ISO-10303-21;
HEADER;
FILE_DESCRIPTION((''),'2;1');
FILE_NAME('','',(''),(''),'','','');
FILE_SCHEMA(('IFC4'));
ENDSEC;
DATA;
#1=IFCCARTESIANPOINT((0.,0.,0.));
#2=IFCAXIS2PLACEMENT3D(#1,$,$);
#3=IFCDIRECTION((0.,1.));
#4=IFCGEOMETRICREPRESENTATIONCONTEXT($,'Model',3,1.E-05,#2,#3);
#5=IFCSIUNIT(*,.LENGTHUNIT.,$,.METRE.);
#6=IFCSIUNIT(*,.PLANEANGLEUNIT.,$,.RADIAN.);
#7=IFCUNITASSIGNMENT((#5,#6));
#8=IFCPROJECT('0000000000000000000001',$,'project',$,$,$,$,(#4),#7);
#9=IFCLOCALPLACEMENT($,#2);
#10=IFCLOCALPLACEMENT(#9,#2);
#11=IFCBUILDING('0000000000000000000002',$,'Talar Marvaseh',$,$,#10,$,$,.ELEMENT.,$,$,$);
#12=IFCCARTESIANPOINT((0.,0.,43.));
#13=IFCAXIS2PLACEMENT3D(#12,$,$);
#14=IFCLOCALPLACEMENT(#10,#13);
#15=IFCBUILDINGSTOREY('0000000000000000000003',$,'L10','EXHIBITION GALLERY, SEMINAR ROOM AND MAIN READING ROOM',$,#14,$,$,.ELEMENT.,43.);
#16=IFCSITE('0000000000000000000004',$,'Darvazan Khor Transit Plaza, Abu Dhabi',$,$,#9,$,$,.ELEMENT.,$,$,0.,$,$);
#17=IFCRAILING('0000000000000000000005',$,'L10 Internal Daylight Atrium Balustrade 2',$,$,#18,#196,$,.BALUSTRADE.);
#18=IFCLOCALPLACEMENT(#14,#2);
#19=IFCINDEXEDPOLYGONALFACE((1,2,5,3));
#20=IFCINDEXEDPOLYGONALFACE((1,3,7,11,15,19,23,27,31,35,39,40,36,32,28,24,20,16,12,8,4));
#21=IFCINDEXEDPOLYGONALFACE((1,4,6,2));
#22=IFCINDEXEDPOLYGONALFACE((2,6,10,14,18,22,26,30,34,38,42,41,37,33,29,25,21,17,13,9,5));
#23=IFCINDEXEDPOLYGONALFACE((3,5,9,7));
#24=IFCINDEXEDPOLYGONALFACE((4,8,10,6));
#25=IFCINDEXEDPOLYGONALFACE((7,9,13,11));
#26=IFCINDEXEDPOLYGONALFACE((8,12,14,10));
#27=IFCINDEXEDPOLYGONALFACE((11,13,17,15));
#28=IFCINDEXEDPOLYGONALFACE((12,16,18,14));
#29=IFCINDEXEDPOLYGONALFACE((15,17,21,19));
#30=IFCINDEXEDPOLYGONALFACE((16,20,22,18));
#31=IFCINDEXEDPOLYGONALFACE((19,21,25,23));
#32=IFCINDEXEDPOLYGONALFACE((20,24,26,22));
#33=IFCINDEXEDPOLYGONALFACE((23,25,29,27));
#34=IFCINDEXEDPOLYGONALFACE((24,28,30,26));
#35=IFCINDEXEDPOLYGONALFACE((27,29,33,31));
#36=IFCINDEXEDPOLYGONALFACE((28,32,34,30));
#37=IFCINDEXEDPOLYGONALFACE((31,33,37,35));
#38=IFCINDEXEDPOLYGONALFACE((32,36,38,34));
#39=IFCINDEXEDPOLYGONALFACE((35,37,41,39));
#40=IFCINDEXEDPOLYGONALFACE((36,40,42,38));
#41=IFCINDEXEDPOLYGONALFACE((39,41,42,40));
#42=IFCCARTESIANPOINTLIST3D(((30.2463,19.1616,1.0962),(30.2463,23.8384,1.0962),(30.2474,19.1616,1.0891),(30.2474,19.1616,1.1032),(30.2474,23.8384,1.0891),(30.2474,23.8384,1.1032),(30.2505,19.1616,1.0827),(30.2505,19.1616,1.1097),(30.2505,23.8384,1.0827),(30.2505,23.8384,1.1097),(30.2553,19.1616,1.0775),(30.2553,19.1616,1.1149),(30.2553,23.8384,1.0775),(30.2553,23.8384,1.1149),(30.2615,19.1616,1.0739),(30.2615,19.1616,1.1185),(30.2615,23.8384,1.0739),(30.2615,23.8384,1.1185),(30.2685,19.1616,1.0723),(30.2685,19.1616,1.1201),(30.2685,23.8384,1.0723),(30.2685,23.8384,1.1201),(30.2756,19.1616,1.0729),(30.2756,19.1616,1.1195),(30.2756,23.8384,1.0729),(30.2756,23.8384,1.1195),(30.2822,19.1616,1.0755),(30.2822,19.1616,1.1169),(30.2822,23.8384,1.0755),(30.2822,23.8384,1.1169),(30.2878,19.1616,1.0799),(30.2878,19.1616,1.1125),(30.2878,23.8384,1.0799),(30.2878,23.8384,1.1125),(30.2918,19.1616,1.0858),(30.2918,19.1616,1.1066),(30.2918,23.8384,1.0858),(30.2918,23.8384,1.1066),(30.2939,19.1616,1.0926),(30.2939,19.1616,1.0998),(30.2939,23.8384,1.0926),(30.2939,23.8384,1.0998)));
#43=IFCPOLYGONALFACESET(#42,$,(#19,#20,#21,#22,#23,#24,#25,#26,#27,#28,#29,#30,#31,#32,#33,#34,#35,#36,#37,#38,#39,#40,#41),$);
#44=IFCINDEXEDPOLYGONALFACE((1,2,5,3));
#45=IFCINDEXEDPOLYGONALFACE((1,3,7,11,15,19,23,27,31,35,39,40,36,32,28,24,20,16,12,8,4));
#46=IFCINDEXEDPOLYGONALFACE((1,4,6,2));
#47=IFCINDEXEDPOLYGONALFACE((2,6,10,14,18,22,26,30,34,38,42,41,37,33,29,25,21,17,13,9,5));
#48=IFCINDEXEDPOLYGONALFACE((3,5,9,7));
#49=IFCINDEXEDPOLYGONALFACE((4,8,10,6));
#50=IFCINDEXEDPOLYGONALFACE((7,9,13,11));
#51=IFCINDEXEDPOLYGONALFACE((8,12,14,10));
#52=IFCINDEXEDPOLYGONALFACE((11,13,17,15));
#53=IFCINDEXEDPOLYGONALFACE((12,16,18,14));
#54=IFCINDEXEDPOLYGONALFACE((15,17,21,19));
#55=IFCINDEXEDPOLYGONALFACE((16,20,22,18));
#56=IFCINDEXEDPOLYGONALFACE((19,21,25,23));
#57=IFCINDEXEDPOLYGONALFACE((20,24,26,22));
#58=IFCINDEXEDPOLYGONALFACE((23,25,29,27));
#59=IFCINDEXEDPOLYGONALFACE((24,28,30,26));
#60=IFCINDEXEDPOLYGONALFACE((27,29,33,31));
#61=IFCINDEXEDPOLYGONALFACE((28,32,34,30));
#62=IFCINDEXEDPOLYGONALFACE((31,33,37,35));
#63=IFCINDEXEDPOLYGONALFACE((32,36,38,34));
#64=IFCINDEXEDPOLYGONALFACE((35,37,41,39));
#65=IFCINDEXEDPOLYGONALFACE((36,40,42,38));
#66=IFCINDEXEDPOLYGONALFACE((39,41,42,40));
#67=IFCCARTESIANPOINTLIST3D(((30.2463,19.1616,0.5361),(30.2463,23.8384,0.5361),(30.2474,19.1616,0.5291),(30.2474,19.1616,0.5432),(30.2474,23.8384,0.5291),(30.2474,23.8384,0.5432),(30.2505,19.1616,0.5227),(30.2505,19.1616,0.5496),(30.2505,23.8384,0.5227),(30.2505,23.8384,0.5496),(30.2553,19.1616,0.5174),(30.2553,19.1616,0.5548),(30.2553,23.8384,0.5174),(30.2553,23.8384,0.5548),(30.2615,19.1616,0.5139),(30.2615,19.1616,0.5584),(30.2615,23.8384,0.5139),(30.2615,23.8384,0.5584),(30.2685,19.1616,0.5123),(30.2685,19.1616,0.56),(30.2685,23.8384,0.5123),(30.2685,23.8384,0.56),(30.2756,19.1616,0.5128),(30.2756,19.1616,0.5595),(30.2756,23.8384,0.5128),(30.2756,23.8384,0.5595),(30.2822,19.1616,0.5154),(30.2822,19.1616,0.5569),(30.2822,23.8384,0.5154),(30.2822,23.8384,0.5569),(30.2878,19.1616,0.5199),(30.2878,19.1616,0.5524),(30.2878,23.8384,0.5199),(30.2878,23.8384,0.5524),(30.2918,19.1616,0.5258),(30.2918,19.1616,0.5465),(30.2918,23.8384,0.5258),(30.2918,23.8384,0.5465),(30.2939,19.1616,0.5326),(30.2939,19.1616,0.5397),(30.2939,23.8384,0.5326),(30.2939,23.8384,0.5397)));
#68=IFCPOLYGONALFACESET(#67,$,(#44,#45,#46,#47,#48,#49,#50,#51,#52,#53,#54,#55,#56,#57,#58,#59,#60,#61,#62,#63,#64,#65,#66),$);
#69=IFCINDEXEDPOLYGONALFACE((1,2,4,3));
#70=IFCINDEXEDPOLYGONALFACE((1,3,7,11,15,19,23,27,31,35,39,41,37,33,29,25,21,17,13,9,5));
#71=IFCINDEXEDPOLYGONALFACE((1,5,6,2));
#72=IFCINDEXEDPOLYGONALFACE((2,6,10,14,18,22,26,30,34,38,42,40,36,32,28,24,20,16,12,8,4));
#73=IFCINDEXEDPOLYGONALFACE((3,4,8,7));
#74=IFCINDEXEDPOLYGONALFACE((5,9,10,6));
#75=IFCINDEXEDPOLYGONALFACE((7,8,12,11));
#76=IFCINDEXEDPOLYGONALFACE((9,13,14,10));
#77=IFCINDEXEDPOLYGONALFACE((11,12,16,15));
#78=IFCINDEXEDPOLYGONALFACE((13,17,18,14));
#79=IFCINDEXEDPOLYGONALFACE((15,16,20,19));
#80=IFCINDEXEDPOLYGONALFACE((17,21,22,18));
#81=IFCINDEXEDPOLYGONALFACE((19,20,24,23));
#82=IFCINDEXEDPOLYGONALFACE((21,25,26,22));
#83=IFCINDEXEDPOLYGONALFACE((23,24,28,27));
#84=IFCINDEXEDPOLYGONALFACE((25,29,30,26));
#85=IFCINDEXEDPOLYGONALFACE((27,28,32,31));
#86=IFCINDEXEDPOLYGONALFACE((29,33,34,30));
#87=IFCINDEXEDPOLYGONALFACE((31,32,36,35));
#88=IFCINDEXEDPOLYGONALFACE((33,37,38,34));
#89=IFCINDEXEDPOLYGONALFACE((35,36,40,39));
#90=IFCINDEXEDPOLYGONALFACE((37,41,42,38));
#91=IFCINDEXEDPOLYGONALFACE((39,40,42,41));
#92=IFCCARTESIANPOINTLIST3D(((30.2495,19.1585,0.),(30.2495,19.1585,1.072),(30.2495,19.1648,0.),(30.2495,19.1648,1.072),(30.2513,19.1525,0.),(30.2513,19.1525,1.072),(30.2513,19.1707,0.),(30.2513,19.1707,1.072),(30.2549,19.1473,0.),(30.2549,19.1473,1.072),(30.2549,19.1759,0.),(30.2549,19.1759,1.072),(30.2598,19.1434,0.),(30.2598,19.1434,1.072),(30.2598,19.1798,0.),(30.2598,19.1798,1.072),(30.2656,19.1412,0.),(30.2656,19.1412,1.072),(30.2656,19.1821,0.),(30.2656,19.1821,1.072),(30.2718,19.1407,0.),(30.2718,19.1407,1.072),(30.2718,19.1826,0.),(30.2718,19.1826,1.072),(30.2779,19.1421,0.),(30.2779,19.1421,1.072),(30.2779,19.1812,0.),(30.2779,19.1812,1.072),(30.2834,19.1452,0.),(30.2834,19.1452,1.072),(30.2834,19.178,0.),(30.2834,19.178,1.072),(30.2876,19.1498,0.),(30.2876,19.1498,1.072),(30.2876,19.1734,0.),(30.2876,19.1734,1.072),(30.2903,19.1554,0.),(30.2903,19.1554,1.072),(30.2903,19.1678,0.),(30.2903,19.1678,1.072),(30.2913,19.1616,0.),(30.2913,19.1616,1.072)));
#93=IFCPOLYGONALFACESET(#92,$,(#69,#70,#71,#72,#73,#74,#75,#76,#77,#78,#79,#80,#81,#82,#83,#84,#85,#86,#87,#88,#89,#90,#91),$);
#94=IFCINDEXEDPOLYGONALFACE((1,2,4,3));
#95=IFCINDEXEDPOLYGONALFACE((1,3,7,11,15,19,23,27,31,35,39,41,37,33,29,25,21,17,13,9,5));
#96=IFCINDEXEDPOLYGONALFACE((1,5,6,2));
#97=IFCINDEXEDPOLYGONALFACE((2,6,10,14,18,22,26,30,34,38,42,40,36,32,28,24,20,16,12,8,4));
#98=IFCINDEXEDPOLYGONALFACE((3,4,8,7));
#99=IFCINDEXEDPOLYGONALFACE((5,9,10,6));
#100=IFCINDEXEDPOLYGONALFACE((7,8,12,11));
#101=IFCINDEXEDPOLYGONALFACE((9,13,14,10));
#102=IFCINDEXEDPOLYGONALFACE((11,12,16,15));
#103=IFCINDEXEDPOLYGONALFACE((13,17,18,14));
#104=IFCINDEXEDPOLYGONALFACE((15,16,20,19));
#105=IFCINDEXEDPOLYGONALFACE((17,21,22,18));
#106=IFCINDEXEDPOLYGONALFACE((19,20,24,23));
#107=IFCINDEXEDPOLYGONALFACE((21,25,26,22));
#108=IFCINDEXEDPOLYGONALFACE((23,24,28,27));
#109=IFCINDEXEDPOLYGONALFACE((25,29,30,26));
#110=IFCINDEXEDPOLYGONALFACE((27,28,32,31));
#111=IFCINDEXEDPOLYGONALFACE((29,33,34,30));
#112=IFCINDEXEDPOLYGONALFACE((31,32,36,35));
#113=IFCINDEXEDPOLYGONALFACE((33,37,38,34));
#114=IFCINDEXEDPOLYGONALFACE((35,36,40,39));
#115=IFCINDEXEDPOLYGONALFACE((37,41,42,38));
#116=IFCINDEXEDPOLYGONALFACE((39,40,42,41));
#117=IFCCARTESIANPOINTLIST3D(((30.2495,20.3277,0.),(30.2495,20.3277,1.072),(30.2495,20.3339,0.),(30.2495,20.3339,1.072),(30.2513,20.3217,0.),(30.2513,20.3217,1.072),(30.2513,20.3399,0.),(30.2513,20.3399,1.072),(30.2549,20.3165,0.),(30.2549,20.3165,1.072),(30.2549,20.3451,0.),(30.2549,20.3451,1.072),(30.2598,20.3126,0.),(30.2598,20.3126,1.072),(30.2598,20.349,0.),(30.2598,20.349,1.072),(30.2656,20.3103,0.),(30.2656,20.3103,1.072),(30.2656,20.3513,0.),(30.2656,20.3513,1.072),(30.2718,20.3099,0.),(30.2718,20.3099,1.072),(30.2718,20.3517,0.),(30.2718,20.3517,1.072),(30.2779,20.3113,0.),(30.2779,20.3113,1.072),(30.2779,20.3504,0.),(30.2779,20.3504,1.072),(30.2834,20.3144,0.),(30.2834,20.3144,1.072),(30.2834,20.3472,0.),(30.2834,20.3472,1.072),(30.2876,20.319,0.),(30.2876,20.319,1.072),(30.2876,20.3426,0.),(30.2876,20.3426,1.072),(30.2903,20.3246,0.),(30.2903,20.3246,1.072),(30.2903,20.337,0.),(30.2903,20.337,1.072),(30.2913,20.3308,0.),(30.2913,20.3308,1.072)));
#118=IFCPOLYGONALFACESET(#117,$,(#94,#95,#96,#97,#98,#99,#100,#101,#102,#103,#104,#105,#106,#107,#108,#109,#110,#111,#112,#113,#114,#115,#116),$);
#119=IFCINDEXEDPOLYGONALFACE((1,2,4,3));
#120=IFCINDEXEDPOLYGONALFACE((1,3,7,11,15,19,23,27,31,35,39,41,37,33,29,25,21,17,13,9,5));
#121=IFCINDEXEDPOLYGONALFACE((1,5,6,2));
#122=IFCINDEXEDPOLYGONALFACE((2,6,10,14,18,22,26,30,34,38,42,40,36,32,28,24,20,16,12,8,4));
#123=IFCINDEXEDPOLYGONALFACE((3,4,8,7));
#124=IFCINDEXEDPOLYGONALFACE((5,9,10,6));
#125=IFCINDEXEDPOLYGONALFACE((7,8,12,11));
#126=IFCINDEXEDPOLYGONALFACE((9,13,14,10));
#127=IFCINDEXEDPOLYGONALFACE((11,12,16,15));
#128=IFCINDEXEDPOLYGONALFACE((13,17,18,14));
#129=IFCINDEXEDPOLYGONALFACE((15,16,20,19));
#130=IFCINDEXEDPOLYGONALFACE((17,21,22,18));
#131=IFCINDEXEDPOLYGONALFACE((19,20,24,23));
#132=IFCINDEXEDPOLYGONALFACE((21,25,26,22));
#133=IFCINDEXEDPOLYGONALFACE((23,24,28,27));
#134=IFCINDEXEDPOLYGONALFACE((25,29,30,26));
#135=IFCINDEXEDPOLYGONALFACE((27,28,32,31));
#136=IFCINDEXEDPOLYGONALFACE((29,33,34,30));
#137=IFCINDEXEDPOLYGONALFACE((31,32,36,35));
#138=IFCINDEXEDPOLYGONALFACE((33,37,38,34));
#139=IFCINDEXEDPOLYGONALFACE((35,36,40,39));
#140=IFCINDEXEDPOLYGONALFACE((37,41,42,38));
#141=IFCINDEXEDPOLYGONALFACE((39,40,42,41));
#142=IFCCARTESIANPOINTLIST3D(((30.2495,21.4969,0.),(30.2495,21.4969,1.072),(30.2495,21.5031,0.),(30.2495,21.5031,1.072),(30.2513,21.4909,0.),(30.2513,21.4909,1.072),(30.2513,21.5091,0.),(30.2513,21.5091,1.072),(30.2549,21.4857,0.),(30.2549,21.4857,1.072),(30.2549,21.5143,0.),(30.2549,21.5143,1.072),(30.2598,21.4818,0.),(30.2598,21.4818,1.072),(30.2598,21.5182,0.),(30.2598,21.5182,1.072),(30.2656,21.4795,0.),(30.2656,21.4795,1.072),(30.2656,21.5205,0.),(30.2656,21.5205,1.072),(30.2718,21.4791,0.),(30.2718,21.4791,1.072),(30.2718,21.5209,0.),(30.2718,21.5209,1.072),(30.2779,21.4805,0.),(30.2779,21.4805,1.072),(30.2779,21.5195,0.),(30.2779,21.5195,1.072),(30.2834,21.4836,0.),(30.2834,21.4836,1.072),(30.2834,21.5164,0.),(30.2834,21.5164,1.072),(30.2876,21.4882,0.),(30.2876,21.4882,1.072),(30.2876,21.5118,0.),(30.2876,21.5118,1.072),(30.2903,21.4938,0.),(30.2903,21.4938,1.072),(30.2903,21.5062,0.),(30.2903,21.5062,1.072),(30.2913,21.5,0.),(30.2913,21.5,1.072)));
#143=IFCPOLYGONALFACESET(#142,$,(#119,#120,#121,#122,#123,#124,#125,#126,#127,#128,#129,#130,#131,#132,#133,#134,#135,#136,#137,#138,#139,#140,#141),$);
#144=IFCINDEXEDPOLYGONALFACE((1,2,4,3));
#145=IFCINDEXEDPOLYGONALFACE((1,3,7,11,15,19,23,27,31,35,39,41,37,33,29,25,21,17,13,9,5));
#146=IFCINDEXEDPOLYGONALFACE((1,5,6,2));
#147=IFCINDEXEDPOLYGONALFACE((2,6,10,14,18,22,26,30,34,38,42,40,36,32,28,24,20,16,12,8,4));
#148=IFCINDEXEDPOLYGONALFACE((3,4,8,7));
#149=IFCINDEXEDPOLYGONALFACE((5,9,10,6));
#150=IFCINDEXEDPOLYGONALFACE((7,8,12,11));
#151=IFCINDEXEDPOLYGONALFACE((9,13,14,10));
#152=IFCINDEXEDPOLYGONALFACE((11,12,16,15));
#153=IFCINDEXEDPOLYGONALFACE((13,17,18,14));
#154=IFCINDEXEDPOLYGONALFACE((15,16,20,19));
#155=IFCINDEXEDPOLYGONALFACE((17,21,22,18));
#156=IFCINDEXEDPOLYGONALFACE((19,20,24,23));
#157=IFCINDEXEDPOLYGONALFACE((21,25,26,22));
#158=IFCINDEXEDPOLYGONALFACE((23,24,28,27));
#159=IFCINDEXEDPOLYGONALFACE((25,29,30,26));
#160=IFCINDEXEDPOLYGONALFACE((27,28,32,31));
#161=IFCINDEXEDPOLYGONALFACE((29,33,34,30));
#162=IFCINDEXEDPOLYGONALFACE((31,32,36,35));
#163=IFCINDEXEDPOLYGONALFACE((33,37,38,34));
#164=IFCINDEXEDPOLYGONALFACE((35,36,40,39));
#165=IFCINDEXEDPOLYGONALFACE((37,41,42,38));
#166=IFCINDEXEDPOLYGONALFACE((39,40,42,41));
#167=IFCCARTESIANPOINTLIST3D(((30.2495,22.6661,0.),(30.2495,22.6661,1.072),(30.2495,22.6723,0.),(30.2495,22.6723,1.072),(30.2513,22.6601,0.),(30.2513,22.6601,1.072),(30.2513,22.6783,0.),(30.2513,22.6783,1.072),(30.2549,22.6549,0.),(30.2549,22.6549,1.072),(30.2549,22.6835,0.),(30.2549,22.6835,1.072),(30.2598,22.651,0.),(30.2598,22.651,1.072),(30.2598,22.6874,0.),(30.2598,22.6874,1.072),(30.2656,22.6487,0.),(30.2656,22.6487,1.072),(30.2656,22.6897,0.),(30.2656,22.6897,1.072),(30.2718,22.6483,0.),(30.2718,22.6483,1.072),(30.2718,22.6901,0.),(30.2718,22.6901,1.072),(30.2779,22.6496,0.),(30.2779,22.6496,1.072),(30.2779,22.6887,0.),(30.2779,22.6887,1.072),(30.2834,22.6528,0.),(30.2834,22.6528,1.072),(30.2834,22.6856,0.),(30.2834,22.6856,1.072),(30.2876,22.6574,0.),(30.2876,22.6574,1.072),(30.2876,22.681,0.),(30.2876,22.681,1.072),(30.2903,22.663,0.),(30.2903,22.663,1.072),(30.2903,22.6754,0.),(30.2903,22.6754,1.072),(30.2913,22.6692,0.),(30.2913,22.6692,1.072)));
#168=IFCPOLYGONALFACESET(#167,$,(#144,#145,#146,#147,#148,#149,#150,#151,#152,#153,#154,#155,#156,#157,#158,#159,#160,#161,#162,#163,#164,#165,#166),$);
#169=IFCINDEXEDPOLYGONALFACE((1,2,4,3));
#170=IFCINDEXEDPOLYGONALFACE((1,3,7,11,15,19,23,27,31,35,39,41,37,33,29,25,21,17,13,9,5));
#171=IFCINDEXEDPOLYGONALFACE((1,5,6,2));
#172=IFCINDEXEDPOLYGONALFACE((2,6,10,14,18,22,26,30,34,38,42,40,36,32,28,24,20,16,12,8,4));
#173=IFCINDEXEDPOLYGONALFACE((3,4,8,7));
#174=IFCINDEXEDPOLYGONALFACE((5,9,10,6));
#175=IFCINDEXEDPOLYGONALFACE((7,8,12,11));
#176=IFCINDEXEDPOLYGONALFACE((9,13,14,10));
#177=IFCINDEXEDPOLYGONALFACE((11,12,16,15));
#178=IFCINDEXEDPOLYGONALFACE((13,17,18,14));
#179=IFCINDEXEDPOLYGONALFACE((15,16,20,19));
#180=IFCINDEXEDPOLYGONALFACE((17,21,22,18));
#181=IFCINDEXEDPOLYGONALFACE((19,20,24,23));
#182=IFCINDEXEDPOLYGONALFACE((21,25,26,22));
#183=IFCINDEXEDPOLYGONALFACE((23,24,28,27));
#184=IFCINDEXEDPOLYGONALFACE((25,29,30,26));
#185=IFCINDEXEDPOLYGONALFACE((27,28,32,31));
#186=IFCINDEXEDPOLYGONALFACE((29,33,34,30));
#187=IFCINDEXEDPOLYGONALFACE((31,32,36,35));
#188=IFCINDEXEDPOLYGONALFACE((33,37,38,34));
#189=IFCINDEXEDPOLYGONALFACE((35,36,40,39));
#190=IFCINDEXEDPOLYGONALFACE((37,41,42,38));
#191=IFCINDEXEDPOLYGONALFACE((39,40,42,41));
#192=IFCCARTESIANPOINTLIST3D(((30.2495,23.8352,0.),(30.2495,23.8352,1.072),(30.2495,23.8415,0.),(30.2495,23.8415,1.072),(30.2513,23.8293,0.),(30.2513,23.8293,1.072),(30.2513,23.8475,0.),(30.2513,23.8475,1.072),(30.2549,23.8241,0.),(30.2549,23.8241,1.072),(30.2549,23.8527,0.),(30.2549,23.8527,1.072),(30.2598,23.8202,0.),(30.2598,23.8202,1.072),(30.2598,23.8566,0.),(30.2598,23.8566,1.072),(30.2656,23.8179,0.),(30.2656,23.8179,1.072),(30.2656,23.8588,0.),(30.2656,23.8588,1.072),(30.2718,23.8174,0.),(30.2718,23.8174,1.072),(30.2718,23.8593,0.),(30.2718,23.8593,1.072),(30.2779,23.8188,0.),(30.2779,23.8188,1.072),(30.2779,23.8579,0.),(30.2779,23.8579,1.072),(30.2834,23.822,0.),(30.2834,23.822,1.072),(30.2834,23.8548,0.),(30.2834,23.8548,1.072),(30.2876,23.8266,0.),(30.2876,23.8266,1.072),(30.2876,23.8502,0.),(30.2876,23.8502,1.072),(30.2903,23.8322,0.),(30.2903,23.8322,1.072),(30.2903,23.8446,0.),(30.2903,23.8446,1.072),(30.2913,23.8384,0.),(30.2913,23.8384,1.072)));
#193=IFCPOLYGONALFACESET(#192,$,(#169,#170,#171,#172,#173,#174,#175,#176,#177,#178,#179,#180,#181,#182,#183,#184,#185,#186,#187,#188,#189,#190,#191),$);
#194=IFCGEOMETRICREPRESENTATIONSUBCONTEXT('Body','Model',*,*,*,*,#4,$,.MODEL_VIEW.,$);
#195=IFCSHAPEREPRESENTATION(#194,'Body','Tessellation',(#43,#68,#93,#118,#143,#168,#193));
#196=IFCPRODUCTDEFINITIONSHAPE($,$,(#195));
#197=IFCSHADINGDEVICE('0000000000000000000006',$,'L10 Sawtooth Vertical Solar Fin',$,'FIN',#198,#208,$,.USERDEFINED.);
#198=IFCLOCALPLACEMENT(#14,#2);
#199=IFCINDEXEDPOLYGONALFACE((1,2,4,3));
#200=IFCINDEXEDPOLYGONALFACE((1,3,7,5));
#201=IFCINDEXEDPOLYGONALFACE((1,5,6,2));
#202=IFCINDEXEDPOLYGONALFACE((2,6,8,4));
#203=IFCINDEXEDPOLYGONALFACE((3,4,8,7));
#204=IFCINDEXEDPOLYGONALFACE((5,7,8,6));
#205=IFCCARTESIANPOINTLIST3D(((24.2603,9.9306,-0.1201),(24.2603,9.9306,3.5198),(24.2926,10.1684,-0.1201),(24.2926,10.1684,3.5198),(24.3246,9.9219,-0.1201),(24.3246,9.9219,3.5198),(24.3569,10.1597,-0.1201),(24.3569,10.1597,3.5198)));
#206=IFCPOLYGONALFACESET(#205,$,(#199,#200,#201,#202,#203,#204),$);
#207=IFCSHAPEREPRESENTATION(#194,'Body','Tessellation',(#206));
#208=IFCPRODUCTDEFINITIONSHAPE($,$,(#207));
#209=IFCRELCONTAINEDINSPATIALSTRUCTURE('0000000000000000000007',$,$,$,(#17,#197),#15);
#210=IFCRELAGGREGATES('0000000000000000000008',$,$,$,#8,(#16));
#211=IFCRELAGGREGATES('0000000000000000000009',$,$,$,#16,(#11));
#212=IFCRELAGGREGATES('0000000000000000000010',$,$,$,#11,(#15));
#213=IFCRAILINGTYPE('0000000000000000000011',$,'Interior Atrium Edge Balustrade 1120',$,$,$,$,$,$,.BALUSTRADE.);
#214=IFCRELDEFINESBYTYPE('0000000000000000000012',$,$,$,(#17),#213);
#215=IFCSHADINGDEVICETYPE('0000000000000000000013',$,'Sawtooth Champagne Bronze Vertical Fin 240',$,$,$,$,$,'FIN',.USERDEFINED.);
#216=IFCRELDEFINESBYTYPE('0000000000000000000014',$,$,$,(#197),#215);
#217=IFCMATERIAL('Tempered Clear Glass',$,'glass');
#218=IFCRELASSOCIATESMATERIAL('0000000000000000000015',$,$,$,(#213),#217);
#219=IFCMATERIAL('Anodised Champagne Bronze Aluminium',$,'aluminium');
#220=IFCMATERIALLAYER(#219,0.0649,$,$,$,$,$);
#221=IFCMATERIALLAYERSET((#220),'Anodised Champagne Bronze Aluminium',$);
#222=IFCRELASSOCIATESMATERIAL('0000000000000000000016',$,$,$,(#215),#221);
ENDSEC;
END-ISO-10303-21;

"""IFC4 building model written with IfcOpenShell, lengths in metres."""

from ifc_helpers import new_model, si_unit, direction, frame, origin, origin_2d, place, context, subcontext, project, spatial, rectangle, circle, extrude, source, transform, mapped, material, layer, layer_set, type_object, type_shapes, element, save


model = new_model("IFC4")

# Units and contexts
model_context = context("Model", 3, precision=1e-05, world=origin(), true_north=direction((0.0, 1.0)))
body_context = subcontext(model_context, "Body", "Model", "MODEL_VIEW")
ifc_project = project(units=[si_unit("LENGTHUNIT", "METRE"), si_unit("PLANEANGLEUNIT", "RADIAN")], contexts=[model_context])

# Site, building, storey
site_placement = place(None, origin())
site = spatial("IfcSite", under=ifc_project, at=site_placement, Name="Darvazan Khor Transit Plaza, Abu Dhabi", CompositionType="ELEMENT", RefElevation=0.0)
building_placement = place(site_placement, origin())
building = spatial("IfcBuilding", under=site, at=building_placement, Name="Talar Marvaseh", CompositionType="ELEMENT")
storey_placement = place(building_placement, frame((0.0, 0.0, 43.0)))
storey = spatial("IfcBuildingStorey", under=building, at=storey_placement, Name="L10", Description="EXHIBITION GALLERY, SEMINAR ROOM AND MAIN READING ROOM", CompositionType="ELEMENT", Elevation=43.0)

# Railing
ifc_material_1 = material(Name="Tempered Clear Glass", Category="glass")
railing_type = type_object("IfcRailingType", Name="Interior Atrium Edge Balustrade 1120", PredefinedType="BALUSTRADE", material=ifc_material_1)
railing_1_placement = place(storey_placement, frame((30.2703, 19.1616, 0.0)))
element("IfcRailing", 1, at=railing_1_placement, inside=storey, type_object=railing_type, Name="L10 Internal Daylight Atrium Balustrade 2", PredefinedType="BALUSTRADE", context=body_context, shape_type="SweptSolid", body=[
    extrude(circle(Radius=0.0239, at=origin_2d()), frame((0.0, 0.0, 1.0962), z_axis=(0.0, 1.0, 0.0), x_axis=(-1.0, 0.0, 0.0)), (0.0, 0.0, 1.0), 4.6768),
    extrude(circle(Radius=0.0239, at=origin_2d()), frame((0.0, 0.0, 0.5361), z_axis=(0.0, 1.0, 0.0), x_axis=(-1.0, 0.0, 0.0)), (0.0, 0.0, 1.0), 4.6768),
    extrude(circle(Radius=0.021, at=origin_2d()), origin(), (0.0, 0.0, 1.0), 1.072),
    extrude(circle(Radius=0.021, at=origin_2d()), frame((0.0, 1.1692, 0.0)), (0.0, 0.0, 1.0), 1.072),
    extrude(circle(Radius=0.021, at=origin_2d()), frame((0.0, 2.3384, 0.0)), (0.0, 0.0, 1.0), 1.072),
    extrude(circle(Radius=0.021, at=origin_2d()), frame((0.0, 3.5076, 0.0)), (0.0, 0.0, 1.0), 1.072),
    extrude(circle(Radius=0.021, at=origin_2d()), frame((0.0, 4.6768, 0.0)), (0.0, 0.0, 1.0), 1.072),
])

# Shading device
ifc_material_2 = material(Name="Anodised Champagne Bronze Aluminium", Category="aluminium")
ifc_layer_1 = layer(ifc_material_2, 0.0649)
ifc_layer_set_1 = layer_set([ifc_layer_1], Name="Anodised Champagne Bronze Aluminium")
shading_device_type = type_object("IfcShadingDeviceType", Name="Sawtooth Champagne Bronze Vertical Fin 240", ElementType="FIN", PredefinedType="USERDEFINED", material=ifc_layer_set_1)
shared_shape_1 = source(origin(), body_context, "Body", "SweptSolid", [
    extrude(rectangle(XDim=0.24, YDim=0.0649, at=origin_2d()), origin(), (0.0, 0.0, 1.0), 3.6399),
])
type_shapes(shading_device_type, [shared_shape_1])
for number, where, z_axis, x_axis, name in (
    (2, (24.3086, 10.0452, -0.1201), (0.0, 0.0, 1.0), (-0.134678, -0.990889, 0.0), "L10 Sawtooth Vertical Solar Fin"),
):
    element("IfcShadingDevice", number, at=place(storey_placement, frame(where, z_axis=z_axis, x_axis=x_axis)), inside=storey, type_object=shading_device_type, Name=name, ObjectType="FIN", PredefinedType="USERDEFINED", context=body_context, shape_type="MappedRepresentation", body=[
        mapped(shared_shape_1, transform((0.0, 0.0, 0.0), x_axis=(1.0, 0.0, 0.0), y_axis=(0.0, 1.0, 0.0), z_axis=(0.0, 0.0, 1.0), scale=1.0)),
    ])

save(model, "model.ifc")
